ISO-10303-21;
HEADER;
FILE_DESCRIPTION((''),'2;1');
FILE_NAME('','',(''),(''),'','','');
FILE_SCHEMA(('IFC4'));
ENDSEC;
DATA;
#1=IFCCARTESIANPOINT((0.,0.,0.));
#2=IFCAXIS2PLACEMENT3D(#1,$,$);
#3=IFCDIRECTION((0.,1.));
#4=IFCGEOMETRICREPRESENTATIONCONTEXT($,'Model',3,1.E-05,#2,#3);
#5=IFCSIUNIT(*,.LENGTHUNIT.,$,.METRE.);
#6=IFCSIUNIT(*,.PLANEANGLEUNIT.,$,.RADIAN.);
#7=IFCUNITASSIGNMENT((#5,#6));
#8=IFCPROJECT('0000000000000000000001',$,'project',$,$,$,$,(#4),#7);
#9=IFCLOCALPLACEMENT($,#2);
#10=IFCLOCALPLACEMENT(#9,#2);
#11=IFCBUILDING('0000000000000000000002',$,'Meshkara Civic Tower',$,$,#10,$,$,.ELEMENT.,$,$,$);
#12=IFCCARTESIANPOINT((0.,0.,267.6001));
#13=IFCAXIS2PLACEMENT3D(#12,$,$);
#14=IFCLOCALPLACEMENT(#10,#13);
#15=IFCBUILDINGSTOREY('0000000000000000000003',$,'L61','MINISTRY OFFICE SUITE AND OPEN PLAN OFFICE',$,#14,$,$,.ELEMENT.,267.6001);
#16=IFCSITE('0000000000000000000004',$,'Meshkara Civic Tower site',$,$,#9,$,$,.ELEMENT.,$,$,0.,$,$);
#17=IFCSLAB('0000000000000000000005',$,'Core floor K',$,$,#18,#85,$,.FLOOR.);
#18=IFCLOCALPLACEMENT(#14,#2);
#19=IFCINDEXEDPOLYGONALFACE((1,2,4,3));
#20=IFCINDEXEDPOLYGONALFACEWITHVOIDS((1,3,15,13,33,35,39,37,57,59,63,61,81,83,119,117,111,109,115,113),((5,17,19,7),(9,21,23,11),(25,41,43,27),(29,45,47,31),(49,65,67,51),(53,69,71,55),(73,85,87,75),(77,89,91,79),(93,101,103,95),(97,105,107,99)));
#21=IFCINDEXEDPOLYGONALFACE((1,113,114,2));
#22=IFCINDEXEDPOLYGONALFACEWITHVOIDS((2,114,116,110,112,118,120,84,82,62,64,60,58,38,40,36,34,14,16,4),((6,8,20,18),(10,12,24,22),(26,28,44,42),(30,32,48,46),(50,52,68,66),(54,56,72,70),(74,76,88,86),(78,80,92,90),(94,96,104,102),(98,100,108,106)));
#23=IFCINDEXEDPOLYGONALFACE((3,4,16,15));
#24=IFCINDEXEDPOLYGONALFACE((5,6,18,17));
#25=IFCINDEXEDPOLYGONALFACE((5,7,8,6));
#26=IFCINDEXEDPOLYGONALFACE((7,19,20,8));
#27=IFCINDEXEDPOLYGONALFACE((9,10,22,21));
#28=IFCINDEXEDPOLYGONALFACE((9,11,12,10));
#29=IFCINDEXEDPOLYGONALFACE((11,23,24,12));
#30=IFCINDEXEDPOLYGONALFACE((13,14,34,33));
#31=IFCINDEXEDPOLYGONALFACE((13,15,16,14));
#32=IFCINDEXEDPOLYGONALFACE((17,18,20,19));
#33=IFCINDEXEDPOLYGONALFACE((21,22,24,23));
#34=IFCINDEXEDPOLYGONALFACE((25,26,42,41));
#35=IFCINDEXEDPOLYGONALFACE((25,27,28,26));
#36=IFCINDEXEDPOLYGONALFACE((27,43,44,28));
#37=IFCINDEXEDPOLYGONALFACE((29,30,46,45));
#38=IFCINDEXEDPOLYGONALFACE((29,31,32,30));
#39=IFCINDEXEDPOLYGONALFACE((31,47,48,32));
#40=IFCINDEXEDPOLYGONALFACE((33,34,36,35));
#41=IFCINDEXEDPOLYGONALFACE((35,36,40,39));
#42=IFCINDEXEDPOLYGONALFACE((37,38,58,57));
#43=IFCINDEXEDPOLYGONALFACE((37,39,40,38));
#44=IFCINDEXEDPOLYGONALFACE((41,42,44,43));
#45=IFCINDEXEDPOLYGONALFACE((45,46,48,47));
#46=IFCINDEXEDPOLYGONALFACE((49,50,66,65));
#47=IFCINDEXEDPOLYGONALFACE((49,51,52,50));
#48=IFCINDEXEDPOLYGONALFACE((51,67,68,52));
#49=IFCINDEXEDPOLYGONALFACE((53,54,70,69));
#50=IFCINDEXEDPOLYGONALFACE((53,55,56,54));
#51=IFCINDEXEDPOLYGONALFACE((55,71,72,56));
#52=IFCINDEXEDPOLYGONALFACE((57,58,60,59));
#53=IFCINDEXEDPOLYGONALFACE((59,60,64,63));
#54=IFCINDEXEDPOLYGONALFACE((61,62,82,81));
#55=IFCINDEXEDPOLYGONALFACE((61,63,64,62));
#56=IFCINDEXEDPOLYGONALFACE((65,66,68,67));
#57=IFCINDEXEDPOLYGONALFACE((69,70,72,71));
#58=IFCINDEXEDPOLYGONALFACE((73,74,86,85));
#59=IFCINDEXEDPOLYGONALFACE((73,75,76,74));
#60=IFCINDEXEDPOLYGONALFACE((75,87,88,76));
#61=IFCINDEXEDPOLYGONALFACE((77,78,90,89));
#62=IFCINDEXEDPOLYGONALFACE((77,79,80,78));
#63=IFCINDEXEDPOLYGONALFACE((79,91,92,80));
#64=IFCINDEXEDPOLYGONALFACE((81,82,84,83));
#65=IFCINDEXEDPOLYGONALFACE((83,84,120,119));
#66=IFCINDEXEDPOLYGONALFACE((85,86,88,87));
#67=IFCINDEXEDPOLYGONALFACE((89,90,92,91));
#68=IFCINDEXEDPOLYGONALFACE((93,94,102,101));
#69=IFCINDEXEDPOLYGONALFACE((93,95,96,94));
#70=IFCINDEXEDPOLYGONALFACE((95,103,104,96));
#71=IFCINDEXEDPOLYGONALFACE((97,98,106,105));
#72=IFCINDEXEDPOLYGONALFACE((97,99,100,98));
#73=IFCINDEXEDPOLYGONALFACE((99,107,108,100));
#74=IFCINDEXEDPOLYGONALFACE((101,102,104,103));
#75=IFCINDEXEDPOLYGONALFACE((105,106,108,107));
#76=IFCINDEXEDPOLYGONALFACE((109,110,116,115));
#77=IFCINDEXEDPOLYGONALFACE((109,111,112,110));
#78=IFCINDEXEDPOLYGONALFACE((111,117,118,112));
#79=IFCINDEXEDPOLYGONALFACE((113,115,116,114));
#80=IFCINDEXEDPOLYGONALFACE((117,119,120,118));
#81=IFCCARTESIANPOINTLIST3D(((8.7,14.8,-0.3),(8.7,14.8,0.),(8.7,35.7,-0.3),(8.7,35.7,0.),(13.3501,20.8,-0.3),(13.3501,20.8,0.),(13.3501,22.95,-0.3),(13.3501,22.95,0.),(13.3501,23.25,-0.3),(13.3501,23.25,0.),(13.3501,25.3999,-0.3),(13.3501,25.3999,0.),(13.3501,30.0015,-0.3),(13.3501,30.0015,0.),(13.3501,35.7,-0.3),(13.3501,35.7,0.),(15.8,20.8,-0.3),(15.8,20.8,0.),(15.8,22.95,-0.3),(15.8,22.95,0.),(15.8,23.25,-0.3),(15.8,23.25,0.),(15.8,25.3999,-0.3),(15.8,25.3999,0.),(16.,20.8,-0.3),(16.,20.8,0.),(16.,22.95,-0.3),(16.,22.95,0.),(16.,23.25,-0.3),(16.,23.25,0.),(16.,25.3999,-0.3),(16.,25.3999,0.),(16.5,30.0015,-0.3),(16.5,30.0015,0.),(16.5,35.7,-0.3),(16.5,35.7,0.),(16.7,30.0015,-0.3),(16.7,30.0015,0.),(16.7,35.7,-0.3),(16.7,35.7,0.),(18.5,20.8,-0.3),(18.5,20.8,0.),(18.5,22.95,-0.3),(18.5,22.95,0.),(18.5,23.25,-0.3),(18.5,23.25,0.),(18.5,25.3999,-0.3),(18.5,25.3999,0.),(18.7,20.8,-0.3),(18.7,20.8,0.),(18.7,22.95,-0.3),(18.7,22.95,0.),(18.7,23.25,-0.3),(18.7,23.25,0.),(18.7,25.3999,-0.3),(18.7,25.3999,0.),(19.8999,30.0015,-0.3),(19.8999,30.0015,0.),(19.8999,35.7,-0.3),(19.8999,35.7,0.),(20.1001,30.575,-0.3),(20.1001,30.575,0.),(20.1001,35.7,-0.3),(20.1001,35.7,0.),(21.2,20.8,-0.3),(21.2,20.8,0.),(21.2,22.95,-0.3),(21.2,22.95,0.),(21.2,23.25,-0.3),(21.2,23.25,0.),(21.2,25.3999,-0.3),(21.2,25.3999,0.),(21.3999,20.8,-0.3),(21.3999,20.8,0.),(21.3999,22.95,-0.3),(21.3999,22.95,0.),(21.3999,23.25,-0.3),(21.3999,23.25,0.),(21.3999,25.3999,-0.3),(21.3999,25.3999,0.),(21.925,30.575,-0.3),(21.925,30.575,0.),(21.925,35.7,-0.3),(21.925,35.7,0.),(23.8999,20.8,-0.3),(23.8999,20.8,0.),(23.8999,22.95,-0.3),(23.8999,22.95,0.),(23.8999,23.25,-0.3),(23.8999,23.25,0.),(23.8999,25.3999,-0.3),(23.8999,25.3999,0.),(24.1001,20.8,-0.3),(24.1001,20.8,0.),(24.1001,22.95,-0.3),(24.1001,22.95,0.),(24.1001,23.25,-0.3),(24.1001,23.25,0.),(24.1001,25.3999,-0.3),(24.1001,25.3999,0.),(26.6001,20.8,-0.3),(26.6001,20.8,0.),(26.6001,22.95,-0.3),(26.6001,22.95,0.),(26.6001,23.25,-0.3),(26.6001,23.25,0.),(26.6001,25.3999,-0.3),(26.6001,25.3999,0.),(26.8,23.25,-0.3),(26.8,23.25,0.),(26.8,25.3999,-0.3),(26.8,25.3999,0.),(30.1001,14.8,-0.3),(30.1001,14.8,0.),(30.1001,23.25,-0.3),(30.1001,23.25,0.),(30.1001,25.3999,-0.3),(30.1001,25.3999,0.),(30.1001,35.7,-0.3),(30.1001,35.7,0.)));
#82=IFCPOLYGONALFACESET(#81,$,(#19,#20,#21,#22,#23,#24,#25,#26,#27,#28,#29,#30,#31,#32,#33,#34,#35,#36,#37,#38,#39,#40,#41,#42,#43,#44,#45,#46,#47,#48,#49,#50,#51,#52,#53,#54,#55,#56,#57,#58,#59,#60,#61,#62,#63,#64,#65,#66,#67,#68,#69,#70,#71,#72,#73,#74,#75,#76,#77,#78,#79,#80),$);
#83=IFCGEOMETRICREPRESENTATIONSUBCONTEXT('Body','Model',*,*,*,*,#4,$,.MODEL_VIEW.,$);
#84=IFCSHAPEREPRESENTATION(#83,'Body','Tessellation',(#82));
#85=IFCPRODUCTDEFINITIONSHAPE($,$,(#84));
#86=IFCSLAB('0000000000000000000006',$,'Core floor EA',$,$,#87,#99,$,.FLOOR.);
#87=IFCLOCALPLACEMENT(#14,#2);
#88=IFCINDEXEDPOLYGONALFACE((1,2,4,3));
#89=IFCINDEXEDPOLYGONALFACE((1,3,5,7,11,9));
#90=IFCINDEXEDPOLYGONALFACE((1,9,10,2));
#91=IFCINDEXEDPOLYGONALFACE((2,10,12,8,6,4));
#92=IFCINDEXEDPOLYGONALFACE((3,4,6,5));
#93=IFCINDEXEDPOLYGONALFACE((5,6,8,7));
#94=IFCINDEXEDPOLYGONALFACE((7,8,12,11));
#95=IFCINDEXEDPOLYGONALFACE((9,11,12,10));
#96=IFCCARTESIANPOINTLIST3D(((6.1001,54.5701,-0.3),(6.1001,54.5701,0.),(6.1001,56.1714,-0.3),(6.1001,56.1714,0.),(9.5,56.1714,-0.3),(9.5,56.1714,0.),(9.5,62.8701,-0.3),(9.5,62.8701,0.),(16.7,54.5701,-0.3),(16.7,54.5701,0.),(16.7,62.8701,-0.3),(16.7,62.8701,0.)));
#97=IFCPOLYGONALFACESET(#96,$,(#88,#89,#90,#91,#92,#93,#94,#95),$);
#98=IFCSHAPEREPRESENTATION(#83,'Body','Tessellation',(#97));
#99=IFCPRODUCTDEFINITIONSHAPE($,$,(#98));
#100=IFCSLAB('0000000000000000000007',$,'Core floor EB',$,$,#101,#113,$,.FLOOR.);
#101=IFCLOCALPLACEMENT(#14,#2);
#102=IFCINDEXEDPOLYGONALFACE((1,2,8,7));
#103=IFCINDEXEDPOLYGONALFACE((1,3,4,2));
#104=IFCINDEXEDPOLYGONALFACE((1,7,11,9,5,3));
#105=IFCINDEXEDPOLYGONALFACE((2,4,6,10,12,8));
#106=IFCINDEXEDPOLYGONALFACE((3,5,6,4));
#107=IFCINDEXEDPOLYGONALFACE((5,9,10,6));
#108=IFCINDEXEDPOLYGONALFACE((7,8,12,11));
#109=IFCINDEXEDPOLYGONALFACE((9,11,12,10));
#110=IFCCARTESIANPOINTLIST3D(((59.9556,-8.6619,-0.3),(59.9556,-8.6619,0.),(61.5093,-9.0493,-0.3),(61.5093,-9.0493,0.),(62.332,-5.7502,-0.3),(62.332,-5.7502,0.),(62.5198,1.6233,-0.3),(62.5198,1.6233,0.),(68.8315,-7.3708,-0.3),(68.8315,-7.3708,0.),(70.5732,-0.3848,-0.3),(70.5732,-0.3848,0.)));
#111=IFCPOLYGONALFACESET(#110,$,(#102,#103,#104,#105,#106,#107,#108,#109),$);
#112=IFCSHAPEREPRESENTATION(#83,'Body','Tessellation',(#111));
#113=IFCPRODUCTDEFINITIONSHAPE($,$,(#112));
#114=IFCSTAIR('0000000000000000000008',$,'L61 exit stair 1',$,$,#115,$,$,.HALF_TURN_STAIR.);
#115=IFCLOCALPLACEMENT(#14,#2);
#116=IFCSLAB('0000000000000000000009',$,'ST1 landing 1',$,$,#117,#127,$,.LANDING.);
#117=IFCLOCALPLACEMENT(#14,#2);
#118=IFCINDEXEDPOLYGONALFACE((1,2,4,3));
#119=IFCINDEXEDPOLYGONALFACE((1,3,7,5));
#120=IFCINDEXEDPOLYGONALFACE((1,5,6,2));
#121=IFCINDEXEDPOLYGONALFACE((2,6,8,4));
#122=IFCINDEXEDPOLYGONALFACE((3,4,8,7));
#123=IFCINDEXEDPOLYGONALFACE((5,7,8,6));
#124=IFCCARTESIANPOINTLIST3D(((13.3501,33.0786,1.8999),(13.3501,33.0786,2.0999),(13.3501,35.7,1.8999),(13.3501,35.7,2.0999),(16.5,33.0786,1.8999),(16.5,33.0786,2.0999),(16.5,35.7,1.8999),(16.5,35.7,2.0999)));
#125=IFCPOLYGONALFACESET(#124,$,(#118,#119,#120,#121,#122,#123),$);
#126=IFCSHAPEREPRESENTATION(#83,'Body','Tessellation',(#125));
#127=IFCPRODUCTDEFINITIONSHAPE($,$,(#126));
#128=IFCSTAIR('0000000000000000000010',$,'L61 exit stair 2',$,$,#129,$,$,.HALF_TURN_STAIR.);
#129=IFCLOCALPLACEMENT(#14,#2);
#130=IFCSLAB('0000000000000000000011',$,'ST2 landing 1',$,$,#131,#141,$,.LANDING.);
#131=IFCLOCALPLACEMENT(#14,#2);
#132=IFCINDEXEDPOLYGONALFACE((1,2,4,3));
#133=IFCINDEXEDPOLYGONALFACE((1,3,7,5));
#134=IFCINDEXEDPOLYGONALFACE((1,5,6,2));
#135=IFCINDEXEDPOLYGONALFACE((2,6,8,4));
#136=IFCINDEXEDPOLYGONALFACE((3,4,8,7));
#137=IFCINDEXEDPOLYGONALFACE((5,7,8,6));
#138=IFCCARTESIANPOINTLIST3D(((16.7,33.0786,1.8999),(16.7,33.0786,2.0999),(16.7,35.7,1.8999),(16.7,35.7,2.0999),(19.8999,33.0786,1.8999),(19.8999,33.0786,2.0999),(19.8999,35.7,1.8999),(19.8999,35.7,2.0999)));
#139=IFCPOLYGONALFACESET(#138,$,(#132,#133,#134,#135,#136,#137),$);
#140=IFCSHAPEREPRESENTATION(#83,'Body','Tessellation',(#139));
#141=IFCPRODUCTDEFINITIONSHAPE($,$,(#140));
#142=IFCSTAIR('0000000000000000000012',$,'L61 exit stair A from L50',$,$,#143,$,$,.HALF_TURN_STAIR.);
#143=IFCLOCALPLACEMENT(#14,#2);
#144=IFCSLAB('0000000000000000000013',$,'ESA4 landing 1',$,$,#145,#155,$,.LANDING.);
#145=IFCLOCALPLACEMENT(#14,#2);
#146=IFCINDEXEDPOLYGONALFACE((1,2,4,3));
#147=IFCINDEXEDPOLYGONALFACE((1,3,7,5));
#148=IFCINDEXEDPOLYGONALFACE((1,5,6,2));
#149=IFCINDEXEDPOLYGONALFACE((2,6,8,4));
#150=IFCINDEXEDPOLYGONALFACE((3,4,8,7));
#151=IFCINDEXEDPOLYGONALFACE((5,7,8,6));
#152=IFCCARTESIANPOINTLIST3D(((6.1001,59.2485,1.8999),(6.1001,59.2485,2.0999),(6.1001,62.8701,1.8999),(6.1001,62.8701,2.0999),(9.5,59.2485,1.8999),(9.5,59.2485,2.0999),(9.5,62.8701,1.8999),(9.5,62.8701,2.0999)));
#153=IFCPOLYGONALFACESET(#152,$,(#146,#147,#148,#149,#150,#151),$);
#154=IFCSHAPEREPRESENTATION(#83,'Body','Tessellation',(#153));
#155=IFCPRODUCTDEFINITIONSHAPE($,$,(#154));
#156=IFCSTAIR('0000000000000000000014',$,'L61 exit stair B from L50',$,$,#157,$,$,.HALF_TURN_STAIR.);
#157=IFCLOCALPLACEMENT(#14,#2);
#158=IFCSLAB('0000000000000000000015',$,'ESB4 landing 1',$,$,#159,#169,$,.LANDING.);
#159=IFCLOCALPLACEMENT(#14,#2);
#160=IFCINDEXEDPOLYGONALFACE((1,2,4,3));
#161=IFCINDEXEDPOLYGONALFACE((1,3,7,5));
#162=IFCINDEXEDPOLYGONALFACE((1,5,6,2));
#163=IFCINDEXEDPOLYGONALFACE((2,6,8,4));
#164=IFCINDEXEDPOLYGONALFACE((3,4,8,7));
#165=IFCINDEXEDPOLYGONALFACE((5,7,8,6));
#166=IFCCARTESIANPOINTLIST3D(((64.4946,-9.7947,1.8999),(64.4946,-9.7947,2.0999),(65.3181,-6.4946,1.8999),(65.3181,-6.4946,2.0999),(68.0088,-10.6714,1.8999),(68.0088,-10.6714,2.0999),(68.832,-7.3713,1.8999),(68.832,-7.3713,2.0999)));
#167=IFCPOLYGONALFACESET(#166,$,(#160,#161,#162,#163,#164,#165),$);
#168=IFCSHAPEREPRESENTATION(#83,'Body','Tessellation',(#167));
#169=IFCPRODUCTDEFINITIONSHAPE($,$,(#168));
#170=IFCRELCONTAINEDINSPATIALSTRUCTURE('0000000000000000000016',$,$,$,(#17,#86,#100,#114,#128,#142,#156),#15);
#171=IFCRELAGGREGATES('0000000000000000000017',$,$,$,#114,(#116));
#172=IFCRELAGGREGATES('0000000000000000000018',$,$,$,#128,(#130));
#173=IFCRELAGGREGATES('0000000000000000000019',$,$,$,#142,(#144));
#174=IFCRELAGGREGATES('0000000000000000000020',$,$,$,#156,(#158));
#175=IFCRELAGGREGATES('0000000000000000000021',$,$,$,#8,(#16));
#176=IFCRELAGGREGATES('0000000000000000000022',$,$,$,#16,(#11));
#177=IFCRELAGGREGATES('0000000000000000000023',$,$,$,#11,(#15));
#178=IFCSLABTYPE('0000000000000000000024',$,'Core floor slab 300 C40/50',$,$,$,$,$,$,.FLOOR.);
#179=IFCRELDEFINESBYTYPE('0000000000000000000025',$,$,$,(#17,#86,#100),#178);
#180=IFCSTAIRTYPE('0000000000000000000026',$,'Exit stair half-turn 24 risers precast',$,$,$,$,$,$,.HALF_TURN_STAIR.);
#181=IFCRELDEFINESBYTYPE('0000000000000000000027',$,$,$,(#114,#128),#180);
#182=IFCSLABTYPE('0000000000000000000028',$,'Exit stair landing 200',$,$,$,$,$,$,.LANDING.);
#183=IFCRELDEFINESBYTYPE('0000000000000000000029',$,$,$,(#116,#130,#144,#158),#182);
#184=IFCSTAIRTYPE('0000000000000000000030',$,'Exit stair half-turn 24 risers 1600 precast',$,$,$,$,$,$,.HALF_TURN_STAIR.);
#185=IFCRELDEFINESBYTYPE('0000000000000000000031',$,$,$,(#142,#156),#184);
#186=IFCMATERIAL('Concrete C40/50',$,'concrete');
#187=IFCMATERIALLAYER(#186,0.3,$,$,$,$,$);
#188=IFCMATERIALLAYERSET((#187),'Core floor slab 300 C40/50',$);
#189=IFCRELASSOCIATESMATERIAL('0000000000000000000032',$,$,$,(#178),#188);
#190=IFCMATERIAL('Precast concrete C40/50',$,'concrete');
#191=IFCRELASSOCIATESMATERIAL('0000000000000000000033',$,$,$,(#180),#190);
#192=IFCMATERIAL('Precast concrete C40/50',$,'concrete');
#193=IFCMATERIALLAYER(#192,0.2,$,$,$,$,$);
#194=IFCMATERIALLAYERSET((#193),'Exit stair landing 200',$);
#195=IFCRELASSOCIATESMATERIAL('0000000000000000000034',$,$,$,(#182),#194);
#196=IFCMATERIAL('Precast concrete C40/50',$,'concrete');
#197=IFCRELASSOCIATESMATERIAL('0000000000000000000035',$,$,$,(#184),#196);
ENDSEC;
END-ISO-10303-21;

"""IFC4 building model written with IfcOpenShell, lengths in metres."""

from ifc_helpers import new_model, si_unit, direction, frame, origin, place, context, subcontext, project, spatial, polyline, outline, extrude, material, layer, layer_set, type_object, element, aggregate, save


model = new_model("IFC4")

# Units and contexts
model_context = context("Model", 3, precision=1e-05, world=origin(), true_north=direction((0.0, 1.0)))
body_context = subcontext(model_context, "Body", "Model", "MODEL_VIEW")
ifc_project = project(units=[si_unit("LENGTHUNIT", "METRE"), si_unit("PLANEANGLEUNIT", "RADIAN")], contexts=[model_context])

# Site, building, storey
site_placement = place(None, origin())
site = spatial("IfcSite", under=ifc_project, at=site_placement, Name="Meshkara Civic Tower site", CompositionType="ELEMENT", RefElevation=0.0)
building_placement = place(site_placement, origin())
building = spatial("IfcBuilding", under=site, at=building_placement, Name="Meshkara Civic Tower", CompositionType="ELEMENT")
storey_placement = place(building_placement, frame((0.0, 0.0, 267.6001)))
storey = spatial("IfcBuildingStorey", under=building, at=storey_placement, Name="L61", Description="MINISTRY OFFICE SUITE AND OPEN PLAN OFFICE", CompositionType="ELEMENT", Elevation=267.6001)

# Slabs
ifc_material_1 = material(Name="Concrete C40/50", Category="concrete")
ifc_layer_1 = layer(ifc_material_1, 0.3)
ifc_layer_set_1 = layer_set([ifc_layer_1], Name="Core floor slab 300 C40/50")
slab_type_1 = type_object("IfcSlabType", Name="Core floor slab 300 C40/50", PredefinedType="FLOOR", material=ifc_layer_set_1)
slab_1_placement = place(storey_placement, frame((0.0, 0.0, -0.3)))
element("IfcSlab", 1, at=slab_1_placement, inside=storey, type_object=slab_type_1, Name="Core floor K", PredefinedType="FLOOR", context=body_context, shape_type="SweptSolid", body=[
    extrude(outline(polyline([(8.7, 35.7), (13.3501, 35.7), (13.3501, 30.0015), (16.5, 30.0015), (16.5, 35.7), (16.7, 35.7), (16.7, 30.0015), (19.8999, 30.0015), (19.8999, 35.7), (20.1001, 35.7), (20.1001, 30.575), (21.925, 30.575), (21.925, 35.7), (30.1001, 35.7), (30.1001, 25.3999), (26.8, 25.3999), (26.8, 23.25), (30.1001, 23.25), (30.1001, 14.8), (8.7, 14.8), (8.7, 35.7)]), holes=[polyline([(15.8, 22.95), (13.3501, 22.95), (13.3501, 20.8), (15.8, 20.8), (15.8, 22.95)]), polyline([(16.0, 22.95), (16.0, 20.8), (18.5, 20.8), (18.5, 22.95), (16.0, 22.95)]), polyline([(18.7, 22.95), (18.7, 20.8), (21.2, 20.8), (21.2, 22.95), (18.7, 22.95)]), polyline([(15.8, 23.25), (15.8, 25.3999), (13.3501, 25.3999), (13.3501, 23.25), (15.8, 23.25)]), polyline([(16.0, 25.3999), (16.0, 23.25), (18.5, 23.25), (18.5, 25.3999), (16.0, 25.3999)]), polyline([(23.8999, 20.8), (23.8999, 22.95), (21.3999, 22.95), (21.3999, 20.8), (23.8999, 20.8)]), polyline([(24.1001, 20.8), (26.6001, 20.8), (26.6001, 22.95), (24.1001, 22.95), (24.1001, 20.8)]), polyline([(18.7, 25.3999), (18.7, 23.25), (21.2, 23.25), (21.2, 25.3999), (18.7, 25.3999)]), polyline([(21.3999, 23.25), (23.8999, 23.25), (23.8999, 25.3999), (21.3999, 25.3999), (21.3999, 23.25)]), polyline([(26.6001, 23.25), (26.6001, 25.3999), (24.1001, 25.3999), (24.1001, 23.25), (26.6001, 23.25)])]), origin(), (0.0, 0.0, 1.0), 0.3),
])
slab_2_placement = place(storey_placement, frame((0.0, 0.0, -0.3)))
element("IfcSlab", 2, at=slab_2_placement, inside=storey, type_object=slab_type_1, Name="Core floor EA", PredefinedType="FLOOR", context=body_context, shape_type="SweptSolid", body=[
    extrude(outline(polyline([(16.7, 54.5701), (16.7, 62.8701), (9.5, 62.8701), (9.5, 56.1714), (6.1001, 56.1714), (6.1001, 54.5701), (16.7, 54.5701)])), origin(), (0.0, 0.0, 1.0), 0.3),
])
slab_3_placement = place(storey_placement, frame((0.0, 0.0, -0.3)))
element("IfcSlab", 3, at=slab_3_placement, inside=storey, type_object=slab_type_1, Name="Core floor EB", PredefinedType="FLOOR", context=body_context, shape_type="SweptSolid", body=[
    extrude(outline(polyline([(62.5198, 1.6233), (70.5732, -0.3848), (68.8315, -7.3708), (62.332, -5.7502), (61.5093, -9.0493), (59.9556, -8.6619), (62.5198, 1.6233)])), origin(), (0.0, 0.0, 1.0), 0.3),
])

# Stairs, slabs
ifc_material_2 = material(Name="Precast concrete C40/50", Category="concrete")
stair_type_1 = type_object("IfcStairType", Name="Exit stair half-turn 24 risers precast", PredefinedType="HALF_TURN_STAIR", material=ifc_material_2)
stair_1_placement = place(storey_placement, origin())
stair_1 = element("IfcStair", 4, at=stair_1_placement, inside=storey, type_object=stair_type_1, Name="L61 exit stair 1", PredefinedType="HALF_TURN_STAIR")
ifc_material_3 = material(Name="Precast concrete C40/50", Category="concrete")
ifc_layer_2 = layer(ifc_material_3, 0.2)
ifc_layer_set_2 = layer_set([ifc_layer_2], Name="Exit stair landing 200")
slab_type_2 = type_object("IfcSlabType", Name="Exit stair landing 200", PredefinedType="LANDING", material=ifc_layer_set_2)
slab_4_placement = place(storey_placement, frame((0.0, 0.0, 1.8999)))
slab_4 = element("IfcSlab", 5, at=slab_4_placement, type_object=slab_type_2, Name="ST1 landing 1", PredefinedType="LANDING", context=body_context, shape_type="SweptSolid", body=[
    extrude(outline(polyline([(16.5, 33.0786), (16.5, 35.7), (13.3501, 35.7), (13.3501, 33.0786), (16.5, 33.0786)])), origin(), (0.0, 0.0, 1.0), 0.2),
])
aggregate(stair_1, [slab_4])
stair_2_placement = place(storey_placement, origin())
stair_2 = element("IfcStair", 6, at=stair_2_placement, inside=storey, type_object=stair_type_1, Name="L61 exit stair 2", PredefinedType="HALF_TURN_STAIR")
slab_5_placement = place(storey_placement, frame((0.0, 0.0, 1.8999)))
slab_5 = element("IfcSlab", 7, at=slab_5_placement, type_object=slab_type_2, Name="ST2 landing 1", PredefinedType="LANDING", context=body_context, shape_type="SweptSolid", body=[
    extrude(outline(polyline([(19.8999, 33.0786), (19.8999, 35.7), (16.7, 35.7), (16.7, 33.0786), (19.8999, 33.0786)])), origin(), (0.0, 0.0, 1.0), 0.2),
])
aggregate(stair_2, [slab_5])
ifc_material_4 = material(Name="Precast concrete C40/50", Category="concrete")
stair_type_2 = type_object("IfcStairType", Name="Exit stair half-turn 24 risers 1600 precast", PredefinedType="HALF_TURN_STAIR", material=ifc_material_4)
stair_3_placement = place(storey_placement, origin())
stair_3 = element("IfcStair", 8, at=stair_3_placement, inside=storey, type_object=stair_type_2, Name="L61 exit stair A from L50", PredefinedType="HALF_TURN_STAIR")
slab_6_placement = place(storey_placement, frame((0.0, 0.0, 1.8999)))
slab_6 = element("IfcSlab", 9, at=slab_6_placement, type_object=slab_type_2, Name="ESA4 landing 1", PredefinedType="LANDING", context=body_context, shape_type="SweptSolid", body=[
    extrude(outline(polyline([(9.5, 59.2485), (9.5, 62.8701), (6.1001, 62.8701), (6.1001, 59.2485), (9.5, 59.2485)])), origin(), (0.0, 0.0, 1.0), 0.2),
])
aggregate(stair_3, [slab_6])
stair_4_placement = place(storey_placement, origin())
stair_4 = element("IfcStair", 10, at=stair_4_placement, inside=storey, type_object=stair_type_2, Name="L61 exit stair B from L50", PredefinedType="HALF_TURN_STAIR")
slab_7_placement = place(storey_placement, frame((0.0, 0.0, 1.8999)))
slab_7 = element("IfcSlab", 11, at=slab_7_placement, type_object=slab_type_2, Name="ESB4 landing 1", PredefinedType="LANDING", context=body_context, shape_type="SweptSolid", body=[
    extrude(outline(polyline([(64.4946, -9.7947), (68.0088, -10.6714), (68.832, -7.3713), (65.3181, -6.4946), (64.4946, -9.7947)])), origin(), (0.0, 0.0, 1.0), 0.2),
])
aggregate(stair_4, [slab_7])

save(model, "model.ifc")
